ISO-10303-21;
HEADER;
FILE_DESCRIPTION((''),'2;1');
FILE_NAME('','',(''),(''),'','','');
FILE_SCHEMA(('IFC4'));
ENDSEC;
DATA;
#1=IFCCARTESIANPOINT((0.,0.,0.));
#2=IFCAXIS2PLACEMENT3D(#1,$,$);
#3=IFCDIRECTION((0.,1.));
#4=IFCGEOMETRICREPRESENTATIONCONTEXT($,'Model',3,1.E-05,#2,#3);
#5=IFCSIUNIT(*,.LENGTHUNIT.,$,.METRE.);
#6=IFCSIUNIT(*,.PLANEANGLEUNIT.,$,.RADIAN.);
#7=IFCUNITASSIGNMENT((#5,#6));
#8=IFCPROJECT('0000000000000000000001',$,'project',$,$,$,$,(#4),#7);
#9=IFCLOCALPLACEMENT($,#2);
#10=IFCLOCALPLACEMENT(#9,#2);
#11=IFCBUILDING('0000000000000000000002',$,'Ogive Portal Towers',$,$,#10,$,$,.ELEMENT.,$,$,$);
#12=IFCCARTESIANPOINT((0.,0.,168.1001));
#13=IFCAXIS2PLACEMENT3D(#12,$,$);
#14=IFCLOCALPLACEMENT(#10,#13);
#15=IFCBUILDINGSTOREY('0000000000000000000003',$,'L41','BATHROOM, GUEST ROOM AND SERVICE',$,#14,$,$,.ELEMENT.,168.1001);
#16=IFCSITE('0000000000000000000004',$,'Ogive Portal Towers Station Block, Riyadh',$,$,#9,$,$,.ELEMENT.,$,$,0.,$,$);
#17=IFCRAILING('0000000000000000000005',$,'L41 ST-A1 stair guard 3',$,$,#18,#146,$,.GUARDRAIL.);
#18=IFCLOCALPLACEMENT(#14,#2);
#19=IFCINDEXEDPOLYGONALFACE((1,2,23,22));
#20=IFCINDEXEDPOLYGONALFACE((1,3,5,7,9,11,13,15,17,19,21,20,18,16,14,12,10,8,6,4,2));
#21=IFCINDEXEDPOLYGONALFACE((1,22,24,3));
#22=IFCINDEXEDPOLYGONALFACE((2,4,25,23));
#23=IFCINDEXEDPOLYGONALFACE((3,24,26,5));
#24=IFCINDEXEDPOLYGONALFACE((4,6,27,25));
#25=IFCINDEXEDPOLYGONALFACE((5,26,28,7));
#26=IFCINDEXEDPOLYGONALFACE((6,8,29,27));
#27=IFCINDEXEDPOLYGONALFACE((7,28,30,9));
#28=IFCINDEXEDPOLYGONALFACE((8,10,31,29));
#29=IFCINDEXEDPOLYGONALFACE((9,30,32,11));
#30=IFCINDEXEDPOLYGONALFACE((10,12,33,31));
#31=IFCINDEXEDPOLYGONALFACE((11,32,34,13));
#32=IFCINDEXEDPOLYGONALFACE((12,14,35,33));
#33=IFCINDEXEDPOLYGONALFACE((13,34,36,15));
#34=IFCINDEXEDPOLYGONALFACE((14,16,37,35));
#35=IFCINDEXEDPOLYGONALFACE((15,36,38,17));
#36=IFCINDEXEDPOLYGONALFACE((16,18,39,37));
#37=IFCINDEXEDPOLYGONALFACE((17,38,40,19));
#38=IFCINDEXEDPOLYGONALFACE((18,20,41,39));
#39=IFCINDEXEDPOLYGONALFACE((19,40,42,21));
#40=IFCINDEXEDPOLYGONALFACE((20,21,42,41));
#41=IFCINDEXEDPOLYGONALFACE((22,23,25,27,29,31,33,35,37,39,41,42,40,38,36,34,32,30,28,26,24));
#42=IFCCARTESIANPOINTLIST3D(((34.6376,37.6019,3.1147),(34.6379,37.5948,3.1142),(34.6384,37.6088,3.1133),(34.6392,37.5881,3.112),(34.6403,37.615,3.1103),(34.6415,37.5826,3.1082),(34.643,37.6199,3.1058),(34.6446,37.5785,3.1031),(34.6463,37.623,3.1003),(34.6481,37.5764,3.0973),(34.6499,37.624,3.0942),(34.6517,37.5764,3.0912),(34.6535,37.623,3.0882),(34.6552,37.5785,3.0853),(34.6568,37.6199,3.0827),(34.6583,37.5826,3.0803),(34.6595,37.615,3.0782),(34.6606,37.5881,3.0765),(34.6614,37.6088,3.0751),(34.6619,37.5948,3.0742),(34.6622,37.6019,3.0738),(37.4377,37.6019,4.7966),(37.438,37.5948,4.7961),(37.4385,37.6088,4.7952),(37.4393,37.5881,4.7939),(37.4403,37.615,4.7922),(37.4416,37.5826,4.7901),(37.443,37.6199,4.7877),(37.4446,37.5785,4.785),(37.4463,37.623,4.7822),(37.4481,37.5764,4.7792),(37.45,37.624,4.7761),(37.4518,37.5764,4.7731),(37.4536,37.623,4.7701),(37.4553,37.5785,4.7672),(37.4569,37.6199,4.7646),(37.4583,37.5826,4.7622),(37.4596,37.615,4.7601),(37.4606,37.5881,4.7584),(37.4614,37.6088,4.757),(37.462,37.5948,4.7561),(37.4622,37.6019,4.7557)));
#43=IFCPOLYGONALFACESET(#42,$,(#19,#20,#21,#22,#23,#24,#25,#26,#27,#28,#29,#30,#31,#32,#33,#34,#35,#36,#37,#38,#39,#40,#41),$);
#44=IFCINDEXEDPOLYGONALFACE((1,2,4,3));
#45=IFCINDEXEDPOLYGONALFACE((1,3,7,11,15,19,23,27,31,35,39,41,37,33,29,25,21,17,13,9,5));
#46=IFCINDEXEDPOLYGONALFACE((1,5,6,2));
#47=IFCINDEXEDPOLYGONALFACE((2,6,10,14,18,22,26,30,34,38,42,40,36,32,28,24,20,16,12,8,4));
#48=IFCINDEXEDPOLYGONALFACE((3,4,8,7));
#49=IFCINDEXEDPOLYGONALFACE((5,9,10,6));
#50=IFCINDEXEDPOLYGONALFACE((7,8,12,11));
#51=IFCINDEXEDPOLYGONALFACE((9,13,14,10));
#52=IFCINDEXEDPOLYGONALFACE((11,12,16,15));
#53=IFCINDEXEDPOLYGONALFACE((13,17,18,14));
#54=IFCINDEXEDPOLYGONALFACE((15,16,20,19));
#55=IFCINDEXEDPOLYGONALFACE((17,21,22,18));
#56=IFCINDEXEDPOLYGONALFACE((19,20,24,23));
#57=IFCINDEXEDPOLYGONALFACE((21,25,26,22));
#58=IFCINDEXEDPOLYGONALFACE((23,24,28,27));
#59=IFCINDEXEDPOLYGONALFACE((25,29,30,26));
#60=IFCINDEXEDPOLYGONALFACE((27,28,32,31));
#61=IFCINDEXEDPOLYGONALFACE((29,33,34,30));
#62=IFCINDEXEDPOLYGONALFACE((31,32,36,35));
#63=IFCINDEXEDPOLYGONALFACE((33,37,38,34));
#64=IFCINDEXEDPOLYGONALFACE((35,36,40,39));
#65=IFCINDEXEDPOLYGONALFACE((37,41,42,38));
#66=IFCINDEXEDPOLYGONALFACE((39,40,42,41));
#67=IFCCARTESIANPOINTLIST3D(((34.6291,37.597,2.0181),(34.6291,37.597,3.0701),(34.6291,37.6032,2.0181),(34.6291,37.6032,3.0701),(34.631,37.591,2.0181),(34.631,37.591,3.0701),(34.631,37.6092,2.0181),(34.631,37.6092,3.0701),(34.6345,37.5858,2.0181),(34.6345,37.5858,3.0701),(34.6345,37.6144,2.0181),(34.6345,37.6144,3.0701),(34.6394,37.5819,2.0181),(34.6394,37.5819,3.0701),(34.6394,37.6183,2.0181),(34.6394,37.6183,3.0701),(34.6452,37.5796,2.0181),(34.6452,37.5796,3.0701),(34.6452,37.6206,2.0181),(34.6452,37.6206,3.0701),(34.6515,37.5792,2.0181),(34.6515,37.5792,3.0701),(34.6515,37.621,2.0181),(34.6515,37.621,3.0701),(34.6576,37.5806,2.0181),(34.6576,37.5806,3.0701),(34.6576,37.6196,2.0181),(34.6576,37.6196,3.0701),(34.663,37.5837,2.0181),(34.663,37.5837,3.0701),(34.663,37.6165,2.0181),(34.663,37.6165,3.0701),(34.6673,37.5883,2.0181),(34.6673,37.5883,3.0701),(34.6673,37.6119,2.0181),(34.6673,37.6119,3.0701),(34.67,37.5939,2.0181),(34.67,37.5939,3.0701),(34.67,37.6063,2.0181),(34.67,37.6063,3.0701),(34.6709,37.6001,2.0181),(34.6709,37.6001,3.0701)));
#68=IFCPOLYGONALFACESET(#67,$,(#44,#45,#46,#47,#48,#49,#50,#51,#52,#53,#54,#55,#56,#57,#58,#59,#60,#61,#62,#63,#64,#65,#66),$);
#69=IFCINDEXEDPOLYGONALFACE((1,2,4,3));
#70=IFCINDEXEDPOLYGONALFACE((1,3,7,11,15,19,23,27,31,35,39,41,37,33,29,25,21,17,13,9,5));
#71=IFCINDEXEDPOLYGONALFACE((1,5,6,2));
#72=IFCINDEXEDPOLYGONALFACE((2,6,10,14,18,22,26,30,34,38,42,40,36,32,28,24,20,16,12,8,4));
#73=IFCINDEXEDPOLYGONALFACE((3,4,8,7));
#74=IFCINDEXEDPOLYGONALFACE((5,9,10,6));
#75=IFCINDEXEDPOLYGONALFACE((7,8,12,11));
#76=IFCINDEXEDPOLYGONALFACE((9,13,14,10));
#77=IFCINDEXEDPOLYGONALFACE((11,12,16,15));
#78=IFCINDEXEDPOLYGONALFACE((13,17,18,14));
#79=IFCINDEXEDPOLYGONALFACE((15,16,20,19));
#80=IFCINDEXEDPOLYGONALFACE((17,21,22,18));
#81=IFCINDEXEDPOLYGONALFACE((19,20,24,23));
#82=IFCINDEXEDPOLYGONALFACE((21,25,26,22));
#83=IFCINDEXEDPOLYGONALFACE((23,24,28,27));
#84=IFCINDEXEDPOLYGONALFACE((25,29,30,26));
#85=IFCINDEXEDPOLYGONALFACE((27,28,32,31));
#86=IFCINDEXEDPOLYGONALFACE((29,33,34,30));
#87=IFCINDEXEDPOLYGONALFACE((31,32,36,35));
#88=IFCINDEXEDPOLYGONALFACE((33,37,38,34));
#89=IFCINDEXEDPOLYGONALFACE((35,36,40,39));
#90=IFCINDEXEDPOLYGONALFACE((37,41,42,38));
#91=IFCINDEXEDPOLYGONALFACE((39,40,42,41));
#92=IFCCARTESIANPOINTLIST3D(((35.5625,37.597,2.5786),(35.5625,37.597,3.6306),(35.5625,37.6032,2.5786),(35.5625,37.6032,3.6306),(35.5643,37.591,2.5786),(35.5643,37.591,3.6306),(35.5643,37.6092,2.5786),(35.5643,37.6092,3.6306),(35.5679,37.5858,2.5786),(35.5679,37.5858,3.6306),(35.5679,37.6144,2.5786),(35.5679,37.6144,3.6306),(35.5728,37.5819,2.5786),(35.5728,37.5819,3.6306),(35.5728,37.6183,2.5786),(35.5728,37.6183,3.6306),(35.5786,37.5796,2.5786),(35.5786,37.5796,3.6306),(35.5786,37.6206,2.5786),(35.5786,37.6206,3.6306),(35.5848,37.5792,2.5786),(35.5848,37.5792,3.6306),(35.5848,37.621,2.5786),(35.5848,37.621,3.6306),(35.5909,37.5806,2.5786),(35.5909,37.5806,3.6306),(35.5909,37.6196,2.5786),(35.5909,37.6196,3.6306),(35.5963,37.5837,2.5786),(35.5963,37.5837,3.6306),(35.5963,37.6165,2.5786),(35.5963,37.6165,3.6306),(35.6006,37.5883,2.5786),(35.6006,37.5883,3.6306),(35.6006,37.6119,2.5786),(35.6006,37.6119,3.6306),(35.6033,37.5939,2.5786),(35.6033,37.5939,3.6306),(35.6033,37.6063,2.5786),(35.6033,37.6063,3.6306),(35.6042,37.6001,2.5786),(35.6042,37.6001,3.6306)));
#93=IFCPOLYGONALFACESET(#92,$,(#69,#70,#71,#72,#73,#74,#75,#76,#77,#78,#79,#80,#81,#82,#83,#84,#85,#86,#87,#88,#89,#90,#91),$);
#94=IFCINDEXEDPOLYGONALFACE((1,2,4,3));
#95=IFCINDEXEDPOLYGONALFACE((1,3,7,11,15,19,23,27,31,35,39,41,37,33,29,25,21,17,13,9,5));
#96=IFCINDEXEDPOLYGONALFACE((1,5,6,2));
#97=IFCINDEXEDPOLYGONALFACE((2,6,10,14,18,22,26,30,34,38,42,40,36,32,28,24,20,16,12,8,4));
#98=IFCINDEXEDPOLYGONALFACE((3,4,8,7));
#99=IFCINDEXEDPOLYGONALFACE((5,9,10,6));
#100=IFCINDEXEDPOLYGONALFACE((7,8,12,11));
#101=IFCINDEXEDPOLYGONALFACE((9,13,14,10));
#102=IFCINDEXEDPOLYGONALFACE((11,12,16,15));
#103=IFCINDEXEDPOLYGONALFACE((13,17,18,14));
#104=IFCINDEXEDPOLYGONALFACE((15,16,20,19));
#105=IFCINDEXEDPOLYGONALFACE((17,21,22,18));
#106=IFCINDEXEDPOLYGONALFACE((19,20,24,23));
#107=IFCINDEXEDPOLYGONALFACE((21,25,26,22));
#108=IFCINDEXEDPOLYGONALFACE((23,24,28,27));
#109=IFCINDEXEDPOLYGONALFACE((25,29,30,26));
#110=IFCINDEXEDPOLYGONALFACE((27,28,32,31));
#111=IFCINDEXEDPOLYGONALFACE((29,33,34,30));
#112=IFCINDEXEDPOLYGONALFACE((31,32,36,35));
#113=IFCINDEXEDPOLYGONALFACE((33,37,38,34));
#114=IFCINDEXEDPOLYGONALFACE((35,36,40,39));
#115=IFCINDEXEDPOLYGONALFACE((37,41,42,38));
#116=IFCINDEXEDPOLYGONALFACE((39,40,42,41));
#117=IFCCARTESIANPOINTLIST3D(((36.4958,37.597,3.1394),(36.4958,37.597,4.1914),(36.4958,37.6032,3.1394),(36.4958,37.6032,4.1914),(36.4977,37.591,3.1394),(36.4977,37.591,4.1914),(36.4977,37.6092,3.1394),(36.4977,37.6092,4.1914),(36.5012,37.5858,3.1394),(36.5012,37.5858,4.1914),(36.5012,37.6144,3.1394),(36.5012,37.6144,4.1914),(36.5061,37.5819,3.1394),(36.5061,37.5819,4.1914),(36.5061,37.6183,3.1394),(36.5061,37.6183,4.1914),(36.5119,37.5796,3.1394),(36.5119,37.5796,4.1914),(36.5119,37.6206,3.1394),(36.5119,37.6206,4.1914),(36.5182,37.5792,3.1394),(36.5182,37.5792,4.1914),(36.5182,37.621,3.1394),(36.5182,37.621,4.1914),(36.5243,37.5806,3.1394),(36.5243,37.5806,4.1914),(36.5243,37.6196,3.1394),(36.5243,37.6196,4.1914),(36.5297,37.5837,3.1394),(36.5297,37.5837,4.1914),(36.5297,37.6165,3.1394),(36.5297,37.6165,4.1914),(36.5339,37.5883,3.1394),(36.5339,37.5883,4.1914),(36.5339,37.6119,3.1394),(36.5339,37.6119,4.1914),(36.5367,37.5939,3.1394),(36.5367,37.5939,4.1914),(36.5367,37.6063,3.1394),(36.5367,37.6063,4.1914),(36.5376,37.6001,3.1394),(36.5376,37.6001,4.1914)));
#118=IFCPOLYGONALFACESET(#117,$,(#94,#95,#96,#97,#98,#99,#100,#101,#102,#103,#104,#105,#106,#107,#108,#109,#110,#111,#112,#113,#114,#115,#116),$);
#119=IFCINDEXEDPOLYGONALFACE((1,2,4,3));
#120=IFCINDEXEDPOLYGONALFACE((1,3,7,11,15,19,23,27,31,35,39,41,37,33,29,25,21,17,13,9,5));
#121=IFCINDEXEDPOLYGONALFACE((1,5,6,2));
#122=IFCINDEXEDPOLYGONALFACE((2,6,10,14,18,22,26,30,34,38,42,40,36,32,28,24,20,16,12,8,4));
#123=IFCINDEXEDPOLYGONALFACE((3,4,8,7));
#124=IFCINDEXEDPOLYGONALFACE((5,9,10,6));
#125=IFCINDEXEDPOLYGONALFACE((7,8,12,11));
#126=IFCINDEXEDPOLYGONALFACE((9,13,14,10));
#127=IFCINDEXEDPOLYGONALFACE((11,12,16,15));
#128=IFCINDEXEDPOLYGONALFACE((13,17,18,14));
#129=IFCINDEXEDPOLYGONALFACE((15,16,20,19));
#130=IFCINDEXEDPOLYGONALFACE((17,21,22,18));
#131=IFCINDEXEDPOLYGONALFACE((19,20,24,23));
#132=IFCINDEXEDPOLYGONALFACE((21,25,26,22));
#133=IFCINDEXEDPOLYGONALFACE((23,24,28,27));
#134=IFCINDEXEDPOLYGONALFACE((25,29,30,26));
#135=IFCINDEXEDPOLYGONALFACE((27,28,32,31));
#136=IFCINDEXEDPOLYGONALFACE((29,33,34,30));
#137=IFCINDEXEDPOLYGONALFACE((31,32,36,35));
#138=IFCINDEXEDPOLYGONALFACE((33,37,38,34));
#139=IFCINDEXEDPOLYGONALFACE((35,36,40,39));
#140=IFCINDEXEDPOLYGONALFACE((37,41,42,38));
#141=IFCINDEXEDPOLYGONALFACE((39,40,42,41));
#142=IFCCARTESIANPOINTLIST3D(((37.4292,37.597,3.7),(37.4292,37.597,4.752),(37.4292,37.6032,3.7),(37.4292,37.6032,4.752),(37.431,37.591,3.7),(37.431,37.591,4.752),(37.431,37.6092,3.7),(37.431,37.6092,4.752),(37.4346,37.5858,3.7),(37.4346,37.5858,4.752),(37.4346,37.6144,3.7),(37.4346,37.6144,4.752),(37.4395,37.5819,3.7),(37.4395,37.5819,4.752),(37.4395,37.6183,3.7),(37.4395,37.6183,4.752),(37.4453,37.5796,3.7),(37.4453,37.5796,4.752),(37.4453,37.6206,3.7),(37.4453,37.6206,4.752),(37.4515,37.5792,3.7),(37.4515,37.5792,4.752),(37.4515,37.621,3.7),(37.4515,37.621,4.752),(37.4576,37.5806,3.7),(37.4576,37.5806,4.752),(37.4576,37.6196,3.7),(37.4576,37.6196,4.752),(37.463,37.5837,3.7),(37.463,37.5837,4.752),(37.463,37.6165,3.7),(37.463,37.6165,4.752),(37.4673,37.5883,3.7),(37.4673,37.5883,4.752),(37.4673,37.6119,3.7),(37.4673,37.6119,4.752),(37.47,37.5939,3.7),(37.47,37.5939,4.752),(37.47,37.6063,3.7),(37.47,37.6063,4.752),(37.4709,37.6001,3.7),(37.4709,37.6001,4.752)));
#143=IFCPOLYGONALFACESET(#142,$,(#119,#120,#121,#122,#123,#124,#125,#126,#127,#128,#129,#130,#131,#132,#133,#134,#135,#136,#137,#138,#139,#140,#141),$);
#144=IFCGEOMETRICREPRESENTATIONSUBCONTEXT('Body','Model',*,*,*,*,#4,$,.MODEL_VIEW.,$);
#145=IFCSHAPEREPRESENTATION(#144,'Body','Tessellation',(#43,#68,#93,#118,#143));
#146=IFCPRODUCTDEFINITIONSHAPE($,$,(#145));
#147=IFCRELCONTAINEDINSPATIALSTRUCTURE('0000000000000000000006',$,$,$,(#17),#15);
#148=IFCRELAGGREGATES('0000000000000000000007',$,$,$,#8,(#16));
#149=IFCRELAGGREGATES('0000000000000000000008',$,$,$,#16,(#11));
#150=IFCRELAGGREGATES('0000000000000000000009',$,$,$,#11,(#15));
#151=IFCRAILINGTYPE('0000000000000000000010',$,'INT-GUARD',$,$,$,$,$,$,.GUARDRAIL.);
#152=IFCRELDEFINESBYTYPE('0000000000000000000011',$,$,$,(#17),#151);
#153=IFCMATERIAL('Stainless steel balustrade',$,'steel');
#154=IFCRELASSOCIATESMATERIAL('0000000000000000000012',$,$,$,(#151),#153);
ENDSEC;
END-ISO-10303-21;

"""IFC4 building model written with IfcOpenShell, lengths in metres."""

from ifc_helpers import new_model, si_unit, direction, frame, origin, origin_2d, place, context, subcontext, project, spatial, circle, extrude, material, type_object, element, save


model = new_model("IFC4")

# Units and contexts
model_context = context("Model", 3, precision=1e-05, world=origin(), true_north=direction((0.0, 1.0)))
body_context = subcontext(model_context, "Body", "Model", "MODEL_VIEW")
ifc_project = project(units=[si_unit("LENGTHUNIT", "METRE"), si_unit("PLANEANGLEUNIT", "RADIAN")], contexts=[model_context])

# Site, building, storey
site_placement = place(None, origin())
site = spatial("IfcSite", under=ifc_project, at=site_placement, Name="Ogive Portal Towers Station Block, Riyadh", CompositionType="ELEMENT", RefElevation=0.0)
building_placement = place(site_placement, origin())
building = spatial("IfcBuilding", under=site, at=building_placement, Name="Ogive Portal Towers", CompositionType="ELEMENT")
storey_placement = place(building_placement, frame((0.0, 0.0, 168.1001)))
storey = spatial("IfcBuildingStorey", under=building, at=storey_placement, Name="L41", Description="BATHROOM, GUEST ROOM AND SERVICE", CompositionType="ELEMENT", Elevation=168.1001)

# Railing
ifc_material_1 = material(Name="Stainless steel balustrade", Category="steel")
railing_type_1 = type_object("IfcRailingType", Name="INT-GUARD", PredefinedType="GUARDRAIL", material=ifc_material_1)
railing_1_placement = place(storey_placement, frame((34.6499, 37.6001, 2.0181)))
element("IfcRailing", 1, at=railing_1_placement, inside=storey, type_object=railing_type_1, Name="L41 ST-A1 stair guard 3", PredefinedType="GUARDRAIL", context=body_context, shape_type="SweptSolid", body=[
    extrude(circle(Radius=0.0239, at=origin_2d()), frame((0.0, 0.0, 1.0762), z_axis=(0.857242, 0.0, 0.514913), x_axis=(0.0, 1.0, 0.0)), (0.0, 0.0, 1.0), 3.2664),
    extrude(circle(Radius=0.021, at=origin_2d()), origin(), (0.0, 0.0, 1.0), 1.052),
    extrude(circle(Radius=0.021, at=origin_2d()), frame((0.9333, 0.0, 0.5605)), (0.0, 0.0, 1.0), 1.052),
    extrude(circle(Radius=0.021, at=origin_2d()), frame((1.8667, 0.0, 1.1213)), (0.0, 0.0, 1.0), 1.052),
    extrude(circle(Radius=0.021, at=origin_2d()), frame((2.8, 0.0, 1.6819)), (0.0, 0.0, 1.0), 1.052),
])

save(model, "model.ifc")
